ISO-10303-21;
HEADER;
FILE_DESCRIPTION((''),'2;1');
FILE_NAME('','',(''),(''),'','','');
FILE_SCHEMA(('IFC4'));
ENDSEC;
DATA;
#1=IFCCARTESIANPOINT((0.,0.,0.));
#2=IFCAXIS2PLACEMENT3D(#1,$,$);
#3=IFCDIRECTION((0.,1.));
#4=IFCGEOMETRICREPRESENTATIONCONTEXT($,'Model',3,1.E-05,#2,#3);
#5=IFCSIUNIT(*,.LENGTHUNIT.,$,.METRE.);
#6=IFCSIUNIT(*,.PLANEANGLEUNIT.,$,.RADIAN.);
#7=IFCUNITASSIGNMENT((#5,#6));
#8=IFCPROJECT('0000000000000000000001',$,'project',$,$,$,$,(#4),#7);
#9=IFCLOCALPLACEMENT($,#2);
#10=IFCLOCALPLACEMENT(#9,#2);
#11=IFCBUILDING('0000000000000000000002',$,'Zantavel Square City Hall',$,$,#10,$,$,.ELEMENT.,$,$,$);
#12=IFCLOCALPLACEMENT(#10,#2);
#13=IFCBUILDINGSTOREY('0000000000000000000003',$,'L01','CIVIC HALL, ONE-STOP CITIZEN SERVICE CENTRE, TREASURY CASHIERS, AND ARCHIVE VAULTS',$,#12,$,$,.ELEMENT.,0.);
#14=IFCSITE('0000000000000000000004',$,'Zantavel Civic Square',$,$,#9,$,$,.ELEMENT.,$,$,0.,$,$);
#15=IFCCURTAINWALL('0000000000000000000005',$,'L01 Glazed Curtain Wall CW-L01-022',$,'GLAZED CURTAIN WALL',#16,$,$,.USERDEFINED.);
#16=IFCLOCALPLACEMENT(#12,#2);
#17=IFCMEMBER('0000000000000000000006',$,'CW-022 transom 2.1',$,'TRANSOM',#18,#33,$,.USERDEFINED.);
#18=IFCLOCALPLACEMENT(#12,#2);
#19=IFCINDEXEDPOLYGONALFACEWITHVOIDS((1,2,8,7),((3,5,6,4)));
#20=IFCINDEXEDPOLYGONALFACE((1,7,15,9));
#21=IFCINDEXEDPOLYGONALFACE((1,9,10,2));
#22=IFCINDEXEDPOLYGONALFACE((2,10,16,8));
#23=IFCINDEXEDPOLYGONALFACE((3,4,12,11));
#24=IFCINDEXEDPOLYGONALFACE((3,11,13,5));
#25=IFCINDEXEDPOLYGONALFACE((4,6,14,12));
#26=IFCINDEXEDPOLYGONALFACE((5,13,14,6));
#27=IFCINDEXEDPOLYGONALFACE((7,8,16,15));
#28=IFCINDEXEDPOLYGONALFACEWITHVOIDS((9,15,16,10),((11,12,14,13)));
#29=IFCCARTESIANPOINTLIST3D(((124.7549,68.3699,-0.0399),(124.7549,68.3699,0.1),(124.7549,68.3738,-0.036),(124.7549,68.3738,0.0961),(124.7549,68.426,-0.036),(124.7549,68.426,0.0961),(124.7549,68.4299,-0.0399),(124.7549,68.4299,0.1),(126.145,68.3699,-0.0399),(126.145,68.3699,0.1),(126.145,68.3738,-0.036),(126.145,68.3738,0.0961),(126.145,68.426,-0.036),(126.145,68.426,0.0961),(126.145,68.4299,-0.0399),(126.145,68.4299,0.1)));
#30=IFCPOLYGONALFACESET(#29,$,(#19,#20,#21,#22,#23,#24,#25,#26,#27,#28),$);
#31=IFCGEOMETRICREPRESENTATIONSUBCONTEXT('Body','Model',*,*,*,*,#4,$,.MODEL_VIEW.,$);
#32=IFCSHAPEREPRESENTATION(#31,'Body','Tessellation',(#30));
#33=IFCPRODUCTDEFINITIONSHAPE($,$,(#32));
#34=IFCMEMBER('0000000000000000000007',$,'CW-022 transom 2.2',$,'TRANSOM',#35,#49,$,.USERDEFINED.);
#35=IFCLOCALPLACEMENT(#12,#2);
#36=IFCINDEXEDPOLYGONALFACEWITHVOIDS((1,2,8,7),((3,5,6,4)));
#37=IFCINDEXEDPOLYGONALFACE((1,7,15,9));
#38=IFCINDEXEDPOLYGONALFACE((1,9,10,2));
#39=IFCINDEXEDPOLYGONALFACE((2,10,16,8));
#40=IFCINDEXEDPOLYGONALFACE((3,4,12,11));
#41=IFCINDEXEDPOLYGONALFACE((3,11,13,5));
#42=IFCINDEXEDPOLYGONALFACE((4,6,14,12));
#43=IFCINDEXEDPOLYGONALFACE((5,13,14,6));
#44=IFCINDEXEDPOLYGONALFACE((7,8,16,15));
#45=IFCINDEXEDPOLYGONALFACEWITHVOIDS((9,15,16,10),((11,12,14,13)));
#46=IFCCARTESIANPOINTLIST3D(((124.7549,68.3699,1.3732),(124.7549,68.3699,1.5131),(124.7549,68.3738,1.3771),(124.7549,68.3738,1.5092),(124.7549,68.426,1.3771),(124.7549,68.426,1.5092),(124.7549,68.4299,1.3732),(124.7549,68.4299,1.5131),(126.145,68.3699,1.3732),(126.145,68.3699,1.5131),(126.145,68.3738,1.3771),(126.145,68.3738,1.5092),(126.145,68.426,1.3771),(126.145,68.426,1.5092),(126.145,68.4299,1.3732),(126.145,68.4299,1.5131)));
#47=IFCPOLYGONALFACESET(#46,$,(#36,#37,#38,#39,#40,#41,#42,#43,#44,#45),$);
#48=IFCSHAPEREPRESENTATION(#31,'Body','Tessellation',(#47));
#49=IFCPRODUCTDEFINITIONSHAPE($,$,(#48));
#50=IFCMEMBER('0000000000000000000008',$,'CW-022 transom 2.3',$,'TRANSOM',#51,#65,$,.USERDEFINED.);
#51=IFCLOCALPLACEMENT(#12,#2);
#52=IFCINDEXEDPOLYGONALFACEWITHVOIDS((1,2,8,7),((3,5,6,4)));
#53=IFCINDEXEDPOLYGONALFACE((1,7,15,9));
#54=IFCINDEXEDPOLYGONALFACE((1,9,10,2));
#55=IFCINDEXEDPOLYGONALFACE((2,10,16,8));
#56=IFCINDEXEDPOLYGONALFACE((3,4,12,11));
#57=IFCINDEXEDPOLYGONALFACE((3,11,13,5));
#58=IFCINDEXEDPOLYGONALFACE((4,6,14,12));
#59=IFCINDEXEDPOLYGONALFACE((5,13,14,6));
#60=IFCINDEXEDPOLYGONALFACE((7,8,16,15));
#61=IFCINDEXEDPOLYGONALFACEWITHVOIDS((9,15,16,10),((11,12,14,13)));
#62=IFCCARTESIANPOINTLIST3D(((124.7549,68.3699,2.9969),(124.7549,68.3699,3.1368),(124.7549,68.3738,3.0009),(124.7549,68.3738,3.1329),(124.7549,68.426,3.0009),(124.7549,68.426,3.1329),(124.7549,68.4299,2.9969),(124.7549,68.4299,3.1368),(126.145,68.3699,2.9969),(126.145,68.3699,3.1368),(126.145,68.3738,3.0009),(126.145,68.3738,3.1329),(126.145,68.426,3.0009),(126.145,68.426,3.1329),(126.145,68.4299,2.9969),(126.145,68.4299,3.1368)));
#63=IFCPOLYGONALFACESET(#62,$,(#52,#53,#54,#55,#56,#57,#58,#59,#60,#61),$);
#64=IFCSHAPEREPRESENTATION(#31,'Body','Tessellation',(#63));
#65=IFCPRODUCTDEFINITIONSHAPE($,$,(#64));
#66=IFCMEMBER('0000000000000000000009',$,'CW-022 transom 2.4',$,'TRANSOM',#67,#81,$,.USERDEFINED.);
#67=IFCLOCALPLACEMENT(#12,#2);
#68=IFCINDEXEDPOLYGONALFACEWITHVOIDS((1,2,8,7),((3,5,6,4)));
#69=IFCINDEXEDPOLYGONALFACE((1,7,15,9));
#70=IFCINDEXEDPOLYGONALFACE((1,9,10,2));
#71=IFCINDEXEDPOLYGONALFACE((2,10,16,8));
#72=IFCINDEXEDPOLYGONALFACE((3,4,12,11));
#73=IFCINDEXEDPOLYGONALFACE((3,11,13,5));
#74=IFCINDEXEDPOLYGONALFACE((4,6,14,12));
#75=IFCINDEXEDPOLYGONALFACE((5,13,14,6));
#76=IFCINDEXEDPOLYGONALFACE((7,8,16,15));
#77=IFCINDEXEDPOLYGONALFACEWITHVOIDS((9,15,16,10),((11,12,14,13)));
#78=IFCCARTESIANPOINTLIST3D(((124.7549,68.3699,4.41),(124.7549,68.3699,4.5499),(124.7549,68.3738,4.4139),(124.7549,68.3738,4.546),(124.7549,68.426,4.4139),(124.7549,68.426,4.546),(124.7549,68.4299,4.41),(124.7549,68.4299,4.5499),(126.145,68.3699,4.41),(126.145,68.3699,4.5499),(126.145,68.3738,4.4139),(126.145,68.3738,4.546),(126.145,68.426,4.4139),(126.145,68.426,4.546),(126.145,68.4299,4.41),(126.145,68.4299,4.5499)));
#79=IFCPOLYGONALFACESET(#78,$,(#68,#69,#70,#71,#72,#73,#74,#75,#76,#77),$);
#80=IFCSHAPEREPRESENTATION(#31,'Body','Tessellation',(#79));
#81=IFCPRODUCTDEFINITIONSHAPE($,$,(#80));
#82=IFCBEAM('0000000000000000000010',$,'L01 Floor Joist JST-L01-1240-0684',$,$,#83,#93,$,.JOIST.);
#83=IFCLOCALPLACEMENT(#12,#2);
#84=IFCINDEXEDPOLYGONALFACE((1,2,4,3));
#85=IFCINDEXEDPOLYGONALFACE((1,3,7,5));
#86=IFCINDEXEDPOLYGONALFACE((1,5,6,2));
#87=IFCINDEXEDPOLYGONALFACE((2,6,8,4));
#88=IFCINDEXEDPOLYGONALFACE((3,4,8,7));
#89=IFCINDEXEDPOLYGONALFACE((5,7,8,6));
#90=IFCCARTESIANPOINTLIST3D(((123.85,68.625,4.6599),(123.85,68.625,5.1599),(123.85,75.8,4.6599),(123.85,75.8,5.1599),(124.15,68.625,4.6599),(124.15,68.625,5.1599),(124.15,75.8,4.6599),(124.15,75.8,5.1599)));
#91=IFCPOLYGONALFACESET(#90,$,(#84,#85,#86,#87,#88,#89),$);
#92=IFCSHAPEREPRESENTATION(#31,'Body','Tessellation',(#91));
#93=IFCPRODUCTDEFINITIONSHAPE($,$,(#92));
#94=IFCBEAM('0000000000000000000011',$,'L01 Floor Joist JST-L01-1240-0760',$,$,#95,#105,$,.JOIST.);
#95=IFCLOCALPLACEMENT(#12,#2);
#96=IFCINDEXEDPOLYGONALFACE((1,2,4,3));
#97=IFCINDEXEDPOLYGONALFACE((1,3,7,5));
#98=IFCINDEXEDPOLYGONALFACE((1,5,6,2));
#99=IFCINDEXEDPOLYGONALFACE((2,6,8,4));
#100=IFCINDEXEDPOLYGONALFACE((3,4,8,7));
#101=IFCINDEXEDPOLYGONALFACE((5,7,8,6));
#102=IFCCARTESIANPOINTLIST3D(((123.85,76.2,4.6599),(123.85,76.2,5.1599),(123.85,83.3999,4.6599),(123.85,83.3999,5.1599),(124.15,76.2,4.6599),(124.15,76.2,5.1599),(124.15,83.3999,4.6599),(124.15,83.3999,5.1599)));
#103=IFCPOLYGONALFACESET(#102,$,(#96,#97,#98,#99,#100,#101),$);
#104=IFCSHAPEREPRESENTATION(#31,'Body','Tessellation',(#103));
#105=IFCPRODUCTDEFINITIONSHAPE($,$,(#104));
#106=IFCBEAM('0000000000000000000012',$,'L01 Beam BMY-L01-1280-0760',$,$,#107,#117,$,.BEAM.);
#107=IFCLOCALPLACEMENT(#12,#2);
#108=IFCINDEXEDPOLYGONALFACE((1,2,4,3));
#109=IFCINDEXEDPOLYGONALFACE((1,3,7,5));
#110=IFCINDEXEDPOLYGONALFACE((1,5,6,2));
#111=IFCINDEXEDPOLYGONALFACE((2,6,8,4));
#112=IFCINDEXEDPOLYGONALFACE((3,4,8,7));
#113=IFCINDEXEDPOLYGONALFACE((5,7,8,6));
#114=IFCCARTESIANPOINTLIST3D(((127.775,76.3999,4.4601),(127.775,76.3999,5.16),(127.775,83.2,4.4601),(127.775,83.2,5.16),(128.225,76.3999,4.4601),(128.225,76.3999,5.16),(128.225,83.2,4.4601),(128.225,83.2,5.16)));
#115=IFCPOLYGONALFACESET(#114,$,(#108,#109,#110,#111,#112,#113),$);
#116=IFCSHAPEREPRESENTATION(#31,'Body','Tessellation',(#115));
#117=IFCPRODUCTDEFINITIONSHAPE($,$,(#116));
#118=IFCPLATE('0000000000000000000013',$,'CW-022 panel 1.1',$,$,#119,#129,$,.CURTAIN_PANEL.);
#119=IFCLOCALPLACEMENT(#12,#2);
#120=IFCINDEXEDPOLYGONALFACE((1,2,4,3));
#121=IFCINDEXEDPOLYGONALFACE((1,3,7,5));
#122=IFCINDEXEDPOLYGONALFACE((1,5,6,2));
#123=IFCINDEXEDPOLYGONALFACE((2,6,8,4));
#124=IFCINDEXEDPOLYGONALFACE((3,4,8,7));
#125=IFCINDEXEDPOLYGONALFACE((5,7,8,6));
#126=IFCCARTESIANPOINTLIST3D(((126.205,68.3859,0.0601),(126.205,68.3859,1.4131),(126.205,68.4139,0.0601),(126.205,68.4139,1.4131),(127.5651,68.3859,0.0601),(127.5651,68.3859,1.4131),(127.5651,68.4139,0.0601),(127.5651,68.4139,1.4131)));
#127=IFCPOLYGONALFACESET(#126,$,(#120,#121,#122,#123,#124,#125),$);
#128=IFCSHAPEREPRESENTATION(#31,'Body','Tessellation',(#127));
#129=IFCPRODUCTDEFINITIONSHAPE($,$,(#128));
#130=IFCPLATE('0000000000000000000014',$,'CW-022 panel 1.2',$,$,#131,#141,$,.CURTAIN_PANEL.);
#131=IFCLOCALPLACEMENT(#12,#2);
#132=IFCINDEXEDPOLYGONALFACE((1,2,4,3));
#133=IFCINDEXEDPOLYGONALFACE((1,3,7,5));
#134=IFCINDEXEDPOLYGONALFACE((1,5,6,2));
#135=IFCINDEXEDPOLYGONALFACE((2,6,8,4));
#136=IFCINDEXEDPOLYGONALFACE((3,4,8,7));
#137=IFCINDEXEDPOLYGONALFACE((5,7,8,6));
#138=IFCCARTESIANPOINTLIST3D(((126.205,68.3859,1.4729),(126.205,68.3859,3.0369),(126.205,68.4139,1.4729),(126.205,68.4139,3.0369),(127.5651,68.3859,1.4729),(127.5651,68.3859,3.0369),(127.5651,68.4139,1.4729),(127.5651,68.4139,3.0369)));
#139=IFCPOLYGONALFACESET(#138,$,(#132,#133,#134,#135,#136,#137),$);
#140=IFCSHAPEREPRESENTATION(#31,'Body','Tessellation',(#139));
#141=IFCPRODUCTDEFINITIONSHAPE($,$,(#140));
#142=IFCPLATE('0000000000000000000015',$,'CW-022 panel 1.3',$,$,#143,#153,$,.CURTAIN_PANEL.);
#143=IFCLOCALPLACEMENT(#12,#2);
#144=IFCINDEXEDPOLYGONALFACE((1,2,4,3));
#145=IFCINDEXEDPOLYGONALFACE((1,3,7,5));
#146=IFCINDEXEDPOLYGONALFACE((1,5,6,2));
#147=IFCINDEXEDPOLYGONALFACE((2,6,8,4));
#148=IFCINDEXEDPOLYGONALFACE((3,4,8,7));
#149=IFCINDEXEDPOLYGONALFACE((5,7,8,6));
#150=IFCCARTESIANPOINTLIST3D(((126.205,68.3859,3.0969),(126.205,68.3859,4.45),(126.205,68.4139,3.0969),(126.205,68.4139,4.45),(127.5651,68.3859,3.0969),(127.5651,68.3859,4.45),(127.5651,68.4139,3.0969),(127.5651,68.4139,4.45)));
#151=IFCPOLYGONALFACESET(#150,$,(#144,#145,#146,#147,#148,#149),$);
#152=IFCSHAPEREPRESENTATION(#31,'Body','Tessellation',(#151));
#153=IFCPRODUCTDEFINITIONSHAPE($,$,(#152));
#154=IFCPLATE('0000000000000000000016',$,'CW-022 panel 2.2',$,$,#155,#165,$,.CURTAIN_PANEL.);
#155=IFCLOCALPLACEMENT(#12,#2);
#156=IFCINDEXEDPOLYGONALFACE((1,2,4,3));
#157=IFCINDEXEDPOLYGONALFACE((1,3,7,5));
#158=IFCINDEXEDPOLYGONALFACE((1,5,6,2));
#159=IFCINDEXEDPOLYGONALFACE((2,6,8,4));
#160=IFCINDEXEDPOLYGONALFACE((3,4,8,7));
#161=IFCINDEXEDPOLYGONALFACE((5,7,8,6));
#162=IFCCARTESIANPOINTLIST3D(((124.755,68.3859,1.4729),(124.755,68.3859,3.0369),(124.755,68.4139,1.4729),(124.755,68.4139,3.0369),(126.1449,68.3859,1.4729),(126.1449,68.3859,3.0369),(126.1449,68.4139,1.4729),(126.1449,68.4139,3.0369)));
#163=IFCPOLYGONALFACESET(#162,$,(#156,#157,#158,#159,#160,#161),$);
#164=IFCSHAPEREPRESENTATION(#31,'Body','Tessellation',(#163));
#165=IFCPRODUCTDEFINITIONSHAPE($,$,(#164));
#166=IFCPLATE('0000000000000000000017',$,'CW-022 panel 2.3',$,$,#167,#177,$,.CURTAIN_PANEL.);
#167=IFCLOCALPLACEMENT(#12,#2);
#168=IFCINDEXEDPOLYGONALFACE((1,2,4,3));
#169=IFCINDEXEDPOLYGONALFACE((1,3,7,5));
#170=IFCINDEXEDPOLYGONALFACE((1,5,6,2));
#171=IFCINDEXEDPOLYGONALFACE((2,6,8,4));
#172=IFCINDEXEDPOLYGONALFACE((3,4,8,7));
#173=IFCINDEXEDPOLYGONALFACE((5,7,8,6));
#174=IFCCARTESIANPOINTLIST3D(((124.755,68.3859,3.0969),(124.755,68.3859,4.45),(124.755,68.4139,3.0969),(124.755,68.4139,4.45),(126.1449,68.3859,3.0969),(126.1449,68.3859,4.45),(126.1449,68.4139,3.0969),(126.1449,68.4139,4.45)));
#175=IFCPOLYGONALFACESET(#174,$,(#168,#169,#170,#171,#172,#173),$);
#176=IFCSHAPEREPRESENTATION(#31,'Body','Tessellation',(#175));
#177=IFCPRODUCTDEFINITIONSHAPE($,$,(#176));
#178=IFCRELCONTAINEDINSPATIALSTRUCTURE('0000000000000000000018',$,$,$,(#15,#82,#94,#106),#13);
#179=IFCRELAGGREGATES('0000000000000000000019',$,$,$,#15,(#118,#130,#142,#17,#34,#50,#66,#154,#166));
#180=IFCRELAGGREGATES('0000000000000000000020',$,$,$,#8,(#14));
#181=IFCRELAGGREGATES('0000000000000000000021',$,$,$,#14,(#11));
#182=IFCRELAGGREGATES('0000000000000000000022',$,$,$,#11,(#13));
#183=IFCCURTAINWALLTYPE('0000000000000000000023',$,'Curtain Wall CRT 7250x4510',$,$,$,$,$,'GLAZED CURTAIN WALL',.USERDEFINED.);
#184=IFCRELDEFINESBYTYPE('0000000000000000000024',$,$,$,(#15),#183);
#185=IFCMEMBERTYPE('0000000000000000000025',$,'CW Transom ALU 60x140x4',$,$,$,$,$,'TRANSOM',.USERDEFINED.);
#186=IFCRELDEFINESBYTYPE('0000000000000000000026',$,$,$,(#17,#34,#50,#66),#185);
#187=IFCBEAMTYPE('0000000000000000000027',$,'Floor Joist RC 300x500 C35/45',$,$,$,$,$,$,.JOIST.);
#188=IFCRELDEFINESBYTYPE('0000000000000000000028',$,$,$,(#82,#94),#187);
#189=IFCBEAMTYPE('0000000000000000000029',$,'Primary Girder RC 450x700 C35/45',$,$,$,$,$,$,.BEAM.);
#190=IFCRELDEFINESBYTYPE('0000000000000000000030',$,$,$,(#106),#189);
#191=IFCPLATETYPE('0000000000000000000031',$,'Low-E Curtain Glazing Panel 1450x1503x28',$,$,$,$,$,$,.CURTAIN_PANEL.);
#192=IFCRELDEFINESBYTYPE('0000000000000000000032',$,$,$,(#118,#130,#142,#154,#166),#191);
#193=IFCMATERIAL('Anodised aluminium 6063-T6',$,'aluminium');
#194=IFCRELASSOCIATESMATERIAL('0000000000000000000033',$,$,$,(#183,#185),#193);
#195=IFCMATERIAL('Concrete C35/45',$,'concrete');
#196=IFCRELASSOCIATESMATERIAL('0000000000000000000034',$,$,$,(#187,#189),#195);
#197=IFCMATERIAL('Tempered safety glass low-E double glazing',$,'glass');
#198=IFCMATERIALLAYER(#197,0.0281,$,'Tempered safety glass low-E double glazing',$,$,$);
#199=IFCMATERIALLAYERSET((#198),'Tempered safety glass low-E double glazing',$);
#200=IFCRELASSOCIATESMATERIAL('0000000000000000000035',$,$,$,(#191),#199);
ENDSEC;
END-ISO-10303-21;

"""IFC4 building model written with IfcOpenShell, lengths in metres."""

from ifc_helpers import new_model, si_unit, direction, frame, origin, origin_2d, place, context, subcontext, project, spatial, rectangle, hollow_rectangle, extrude, material, layer, layer_set, material_profile, profile_set, type_object, element, aggregate, save


model = new_model("IFC4")

# Units and contexts
model_context = context("Model", 3, precision=1e-05, world=origin(), true_north=direction((0.0, 1.0)))
body_context = subcontext(model_context, "Body", "Model", "MODEL_VIEW")
ifc_project = project(units=[si_unit("LENGTHUNIT", "METRE"), si_unit("PLANEANGLEUNIT", "RADIAN")], contexts=[model_context])

# Site, building, storey
site_placement = place(None, origin())
site = spatial("IfcSite", under=ifc_project, at=site_placement, Name="Zantavel Civic Square", CompositionType="ELEMENT", RefElevation=0.0)
building_placement = place(site_placement, origin())
building = spatial("IfcBuilding", under=site, at=building_placement, Name="Zantavel Square City Hall", CompositionType="ELEMENT")
storey_placement = place(building_placement, origin())
storey = spatial("IfcBuildingStorey", under=building, at=storey_placement, Name="L01", Description="CIVIC HALL, ONE-STOP CITIZEN SERVICE CENTRE, TREASURY CASHIERS, AND ARCHIVE VAULTS", CompositionType="ELEMENT", Elevation=0.0)

# Shared definitions
ifc_material_1 = material(Name="Concrete C35/45", Category="concrete")

# Curtain wall, members
ifc_material_2 = material(Name="Anodised aluminium 6063-T6", Category="aluminium")
curtain_wall_type = type_object("IfcCurtainWallType", Name="Curtain Wall CRT 7250x4510", ElementType="GLAZED CURTAIN WALL", PredefinedType="USERDEFINED", material=ifc_material_2)
curtain_wall_placement = place(storey_placement, origin())
curtain_wall = element("IfcCurtainWall", 1, at=curtain_wall_placement, inside=storey, type_object=curtain_wall_type, Name="L01 Glazed Curtain Wall CW-L01-022", ObjectType="GLAZED CURTAIN WALL", PredefinedType="USERDEFINED")
ifc_material_profile_1 = material_profile(ifc_material_2, hollow_rectangle(XDim=0.0601, YDim=0.1399, WallThickness=0.0039, at=origin_2d()), Name="ALU 60x140x4")
ifc_profile_set_1 = profile_set([ifc_material_profile_1], Name="Anodised aluminium 6063-T6")
member_type_1 = type_object("IfcMemberType", Name="CW Transom ALU 60x140x4", ElementType="TRANSOM", PredefinedType="USERDEFINED", material=ifc_profile_set_1)
member_1_placement = place(storey_placement, frame((126.145, 68.3999, 0.03), z_axis=(-1.0, 0.0, 0.0), x_axis=(0.0, -1.0, 0.0)))
member_1 = element("IfcMember", 2, at=member_1_placement, type_object=member_type_1, Name="CW-022 transom 2.1", ObjectType="TRANSOM", PredefinedType="USERDEFINED", context=body_context, shape_type="SweptSolid", body=[
    extrude(hollow_rectangle(XDim=0.0601, YDim=0.1399, WallThickness=0.0039, at=origin_2d()), origin(), (0.0, 0.0, 1.0), 1.3901),
])
member_2_placement = place(storey_placement, frame((126.145, 68.3999, 1.4431), z_axis=(-1.0, 0.0, 0.0), x_axis=(0.0, -1.0, 0.0)))
member_2 = element("IfcMember", 3, at=member_2_placement, type_object=member_type_1, Name="CW-022 transom 2.2", ObjectType="TRANSOM", PredefinedType="USERDEFINED", context=body_context, shape_type="SweptSolid", body=[
    extrude(hollow_rectangle(XDim=0.0601, YDim=0.1399, WallThickness=0.0039, at=origin_2d()), origin(), (0.0, 0.0, 1.0), 1.3901),
])
member_3_placement = place(storey_placement, frame((126.145, 68.3999, 3.0669), z_axis=(-1.0, 0.0, 0.0), x_axis=(0.0, -1.0, 0.0)))
member_3 = element("IfcMember", 4, at=member_3_placement, type_object=member_type_1, Name="CW-022 transom 2.3", ObjectType="TRANSOM", PredefinedType="USERDEFINED", context=body_context, shape_type="SweptSolid", body=[
    extrude(hollow_rectangle(XDim=0.0601, YDim=0.1399, WallThickness=0.0039, at=origin_2d()), origin(), (0.0, 0.0, 1.0), 1.3901),
])
member_4_placement = place(storey_placement, frame((126.145, 68.3999, 4.48), z_axis=(-1.0, 0.0, 0.0), x_axis=(0.0, -1.0, 0.0)))
member_4 = element("IfcMember", 5, at=member_4_placement, type_object=member_type_1, Name="CW-022 transom 2.4", ObjectType="TRANSOM", PredefinedType="USERDEFINED", context=body_context, shape_type="SweptSolid", body=[
    extrude(hollow_rectangle(XDim=0.0601, YDim=0.1399, WallThickness=0.0039, at=origin_2d()), origin(), (0.0, 0.0, 1.0), 1.3901),
])

# Beams
ifc_material_profile_2 = material_profile(ifc_material_1, rectangle(XDim=0.3, YDim=0.5, at=origin_2d()), Name="RC 300x500")
ifc_profile_set_2 = profile_set([ifc_material_profile_2], Name="Concrete C35/45")
beam_type_1 = type_object("IfcBeamType", Name="Floor Joist RC 300x500 C35/45", PredefinedType="JOIST", material=ifc_profile_set_2)
beam_1_placement = place(storey_placement, frame((124.0, 68.625, 4.9099), z_axis=(0.0, 1.0, 0.0), x_axis=(-1.0, 0.0, 0.0)))
element("IfcBeam", 6, at=beam_1_placement, inside=storey, type_object=beam_type_1, Name="L01 Floor Joist JST-L01-1240-0684", PredefinedType="JOIST", context=body_context, shape_type="SweptSolid", body=[
    extrude(rectangle(XDim=0.3, YDim=0.5, at=origin_2d()), origin(), (0.0, 0.0, 1.0), 7.175),
])
beam_2_placement = place(storey_placement, frame((124.0, 76.2, 4.9099), z_axis=(0.0, 1.0, 0.0), x_axis=(-1.0, 0.0, 0.0)))
element("IfcBeam", 7, at=beam_2_placement, inside=storey, type_object=beam_type_1, Name="L01 Floor Joist JST-L01-1240-0760", PredefinedType="JOIST", context=body_context, shape_type="SweptSolid", body=[
    extrude(rectangle(XDim=0.3, YDim=0.5, at=origin_2d()), origin(), (0.0, 0.0, 1.0), 7.2),
])
ifc_material_profile_3 = material_profile(ifc_material_1, rectangle(XDim=0.45, YDim=0.7, at=origin_2d()), Name="RC 450x700")
ifc_profile_set_3 = profile_set([ifc_material_profile_3], Name="Concrete C35/45")
beam_type_2 = type_object("IfcBeamType", Name="Primary Girder RC 450x700 C35/45", PredefinedType="BEAM", material=ifc_profile_set_3)
beam_3_placement = place(storey_placement, frame((128.0, 76.3999, 4.8101), z_axis=(0.0, 1.0, 0.0), x_axis=(-1.0, 0.0, 0.0)))
element("IfcBeam", 8, at=beam_3_placement, inside=storey, type_object=beam_type_2, Name="L01 Beam BMY-L01-1280-0760", PredefinedType="BEAM", context=body_context, shape_type="SweptSolid", body=[
    extrude(rectangle(XDim=0.45, YDim=0.7, at=origin_2d()), origin(), (0.0, 0.0, 1.0), 6.8),
])

# Plates
ifc_material_3 = material(Name="Tempered safety glass low-E double glazing", Category="glass")
ifc_layer_1 = layer(ifc_material_3, 0.0281, Name="Tempered safety glass low-E double glazing")
ifc_layer_set_1 = layer_set([ifc_layer_1], Name="Tempered safety glass low-E double glazing")
plate_type = type_object("IfcPlateType", Name="Low-E Curtain Glazing Panel 1450x1503x28", PredefinedType="CURTAIN_PANEL", material=ifc_layer_set_1)
plate_1_placement = place(storey_placement, frame((126.885, 68.3999, 0.0601), z_axis=(0.0, 0.0, 1.0), x_axis=(-1.0, 0.0, 0.0)))
plate_1 = element("IfcPlate", 9, at=plate_1_placement, type_object=plate_type, Name="CW-022 panel 1.1", PredefinedType="CURTAIN_PANEL", context=body_context, shape_type="SweptSolid", body=[
    extrude(rectangle(XDim=1.3601, YDim=0.0281, at=origin_2d()), origin(), (0.0, 0.0, 1.0), 1.353),
])
plate_2_placement = place(storey_placement, frame((126.885, 68.3999, 1.4729), z_axis=(0.0, 0.0, 1.0), x_axis=(-1.0, 0.0, 0.0)))
plate_2 = element("IfcPlate", 10, at=plate_2_placement, type_object=plate_type, Name="CW-022 panel 1.2", PredefinedType="CURTAIN_PANEL", context=body_context, shape_type="SweptSolid", body=[
    extrude(rectangle(XDim=1.3601, YDim=0.0281, at=origin_2d()), origin(), (0.0, 0.0, 1.0), 1.564),
])
plate_3_placement = place(storey_placement, frame((126.885, 68.3999, 3.0969), z_axis=(0.0, 0.0, 1.0), x_axis=(-1.0, 0.0, 0.0)))
plate_3 = element("IfcPlate", 11, at=plate_3_placement, type_object=plate_type, Name="CW-022 panel 1.3", PredefinedType="CURTAIN_PANEL", context=body_context, shape_type="SweptSolid", body=[
    extrude(rectangle(XDim=1.3601, YDim=0.0281, at=origin_2d()), origin(), (0.0, 0.0, 1.0), 1.353),
])
plate_4_placement = place(storey_placement, frame((125.45, 68.3999, 1.4729), z_axis=(0.0, 0.0, 1.0), x_axis=(-1.0, 0.0, 0.0)))
plate_4 = element("IfcPlate", 12, at=plate_4_placement, type_object=plate_type, Name="CW-022 panel 2.2", PredefinedType="CURTAIN_PANEL", context=body_context, shape_type="SweptSolid", body=[
    extrude(rectangle(XDim=1.3899, YDim=0.0281, at=origin_2d()), origin(), (0.0, 0.0, 1.0), 1.564),
])
plate_5_placement = place(storey_placement, frame((125.45, 68.3999, 3.0969), z_axis=(0.0, 0.0, 1.0), x_axis=(-1.0, 0.0, 0.0)))
plate_5 = element("IfcPlate", 13, at=plate_5_placement, type_object=plate_type, Name="CW-022 panel 2.3", PredefinedType="CURTAIN_PANEL", context=body_context, shape_type="SweptSolid", body=[
    extrude(rectangle(XDim=1.3899, YDim=0.0281, at=origin_2d()), origin(), (0.0, 0.0, 1.0), 1.353),
])
aggregate(curtain_wall, [plate_1, plate_2, plate_3, member_1, member_2, member_3, member_4, plate_4, plate_5])

save(model, "model.ifc")
